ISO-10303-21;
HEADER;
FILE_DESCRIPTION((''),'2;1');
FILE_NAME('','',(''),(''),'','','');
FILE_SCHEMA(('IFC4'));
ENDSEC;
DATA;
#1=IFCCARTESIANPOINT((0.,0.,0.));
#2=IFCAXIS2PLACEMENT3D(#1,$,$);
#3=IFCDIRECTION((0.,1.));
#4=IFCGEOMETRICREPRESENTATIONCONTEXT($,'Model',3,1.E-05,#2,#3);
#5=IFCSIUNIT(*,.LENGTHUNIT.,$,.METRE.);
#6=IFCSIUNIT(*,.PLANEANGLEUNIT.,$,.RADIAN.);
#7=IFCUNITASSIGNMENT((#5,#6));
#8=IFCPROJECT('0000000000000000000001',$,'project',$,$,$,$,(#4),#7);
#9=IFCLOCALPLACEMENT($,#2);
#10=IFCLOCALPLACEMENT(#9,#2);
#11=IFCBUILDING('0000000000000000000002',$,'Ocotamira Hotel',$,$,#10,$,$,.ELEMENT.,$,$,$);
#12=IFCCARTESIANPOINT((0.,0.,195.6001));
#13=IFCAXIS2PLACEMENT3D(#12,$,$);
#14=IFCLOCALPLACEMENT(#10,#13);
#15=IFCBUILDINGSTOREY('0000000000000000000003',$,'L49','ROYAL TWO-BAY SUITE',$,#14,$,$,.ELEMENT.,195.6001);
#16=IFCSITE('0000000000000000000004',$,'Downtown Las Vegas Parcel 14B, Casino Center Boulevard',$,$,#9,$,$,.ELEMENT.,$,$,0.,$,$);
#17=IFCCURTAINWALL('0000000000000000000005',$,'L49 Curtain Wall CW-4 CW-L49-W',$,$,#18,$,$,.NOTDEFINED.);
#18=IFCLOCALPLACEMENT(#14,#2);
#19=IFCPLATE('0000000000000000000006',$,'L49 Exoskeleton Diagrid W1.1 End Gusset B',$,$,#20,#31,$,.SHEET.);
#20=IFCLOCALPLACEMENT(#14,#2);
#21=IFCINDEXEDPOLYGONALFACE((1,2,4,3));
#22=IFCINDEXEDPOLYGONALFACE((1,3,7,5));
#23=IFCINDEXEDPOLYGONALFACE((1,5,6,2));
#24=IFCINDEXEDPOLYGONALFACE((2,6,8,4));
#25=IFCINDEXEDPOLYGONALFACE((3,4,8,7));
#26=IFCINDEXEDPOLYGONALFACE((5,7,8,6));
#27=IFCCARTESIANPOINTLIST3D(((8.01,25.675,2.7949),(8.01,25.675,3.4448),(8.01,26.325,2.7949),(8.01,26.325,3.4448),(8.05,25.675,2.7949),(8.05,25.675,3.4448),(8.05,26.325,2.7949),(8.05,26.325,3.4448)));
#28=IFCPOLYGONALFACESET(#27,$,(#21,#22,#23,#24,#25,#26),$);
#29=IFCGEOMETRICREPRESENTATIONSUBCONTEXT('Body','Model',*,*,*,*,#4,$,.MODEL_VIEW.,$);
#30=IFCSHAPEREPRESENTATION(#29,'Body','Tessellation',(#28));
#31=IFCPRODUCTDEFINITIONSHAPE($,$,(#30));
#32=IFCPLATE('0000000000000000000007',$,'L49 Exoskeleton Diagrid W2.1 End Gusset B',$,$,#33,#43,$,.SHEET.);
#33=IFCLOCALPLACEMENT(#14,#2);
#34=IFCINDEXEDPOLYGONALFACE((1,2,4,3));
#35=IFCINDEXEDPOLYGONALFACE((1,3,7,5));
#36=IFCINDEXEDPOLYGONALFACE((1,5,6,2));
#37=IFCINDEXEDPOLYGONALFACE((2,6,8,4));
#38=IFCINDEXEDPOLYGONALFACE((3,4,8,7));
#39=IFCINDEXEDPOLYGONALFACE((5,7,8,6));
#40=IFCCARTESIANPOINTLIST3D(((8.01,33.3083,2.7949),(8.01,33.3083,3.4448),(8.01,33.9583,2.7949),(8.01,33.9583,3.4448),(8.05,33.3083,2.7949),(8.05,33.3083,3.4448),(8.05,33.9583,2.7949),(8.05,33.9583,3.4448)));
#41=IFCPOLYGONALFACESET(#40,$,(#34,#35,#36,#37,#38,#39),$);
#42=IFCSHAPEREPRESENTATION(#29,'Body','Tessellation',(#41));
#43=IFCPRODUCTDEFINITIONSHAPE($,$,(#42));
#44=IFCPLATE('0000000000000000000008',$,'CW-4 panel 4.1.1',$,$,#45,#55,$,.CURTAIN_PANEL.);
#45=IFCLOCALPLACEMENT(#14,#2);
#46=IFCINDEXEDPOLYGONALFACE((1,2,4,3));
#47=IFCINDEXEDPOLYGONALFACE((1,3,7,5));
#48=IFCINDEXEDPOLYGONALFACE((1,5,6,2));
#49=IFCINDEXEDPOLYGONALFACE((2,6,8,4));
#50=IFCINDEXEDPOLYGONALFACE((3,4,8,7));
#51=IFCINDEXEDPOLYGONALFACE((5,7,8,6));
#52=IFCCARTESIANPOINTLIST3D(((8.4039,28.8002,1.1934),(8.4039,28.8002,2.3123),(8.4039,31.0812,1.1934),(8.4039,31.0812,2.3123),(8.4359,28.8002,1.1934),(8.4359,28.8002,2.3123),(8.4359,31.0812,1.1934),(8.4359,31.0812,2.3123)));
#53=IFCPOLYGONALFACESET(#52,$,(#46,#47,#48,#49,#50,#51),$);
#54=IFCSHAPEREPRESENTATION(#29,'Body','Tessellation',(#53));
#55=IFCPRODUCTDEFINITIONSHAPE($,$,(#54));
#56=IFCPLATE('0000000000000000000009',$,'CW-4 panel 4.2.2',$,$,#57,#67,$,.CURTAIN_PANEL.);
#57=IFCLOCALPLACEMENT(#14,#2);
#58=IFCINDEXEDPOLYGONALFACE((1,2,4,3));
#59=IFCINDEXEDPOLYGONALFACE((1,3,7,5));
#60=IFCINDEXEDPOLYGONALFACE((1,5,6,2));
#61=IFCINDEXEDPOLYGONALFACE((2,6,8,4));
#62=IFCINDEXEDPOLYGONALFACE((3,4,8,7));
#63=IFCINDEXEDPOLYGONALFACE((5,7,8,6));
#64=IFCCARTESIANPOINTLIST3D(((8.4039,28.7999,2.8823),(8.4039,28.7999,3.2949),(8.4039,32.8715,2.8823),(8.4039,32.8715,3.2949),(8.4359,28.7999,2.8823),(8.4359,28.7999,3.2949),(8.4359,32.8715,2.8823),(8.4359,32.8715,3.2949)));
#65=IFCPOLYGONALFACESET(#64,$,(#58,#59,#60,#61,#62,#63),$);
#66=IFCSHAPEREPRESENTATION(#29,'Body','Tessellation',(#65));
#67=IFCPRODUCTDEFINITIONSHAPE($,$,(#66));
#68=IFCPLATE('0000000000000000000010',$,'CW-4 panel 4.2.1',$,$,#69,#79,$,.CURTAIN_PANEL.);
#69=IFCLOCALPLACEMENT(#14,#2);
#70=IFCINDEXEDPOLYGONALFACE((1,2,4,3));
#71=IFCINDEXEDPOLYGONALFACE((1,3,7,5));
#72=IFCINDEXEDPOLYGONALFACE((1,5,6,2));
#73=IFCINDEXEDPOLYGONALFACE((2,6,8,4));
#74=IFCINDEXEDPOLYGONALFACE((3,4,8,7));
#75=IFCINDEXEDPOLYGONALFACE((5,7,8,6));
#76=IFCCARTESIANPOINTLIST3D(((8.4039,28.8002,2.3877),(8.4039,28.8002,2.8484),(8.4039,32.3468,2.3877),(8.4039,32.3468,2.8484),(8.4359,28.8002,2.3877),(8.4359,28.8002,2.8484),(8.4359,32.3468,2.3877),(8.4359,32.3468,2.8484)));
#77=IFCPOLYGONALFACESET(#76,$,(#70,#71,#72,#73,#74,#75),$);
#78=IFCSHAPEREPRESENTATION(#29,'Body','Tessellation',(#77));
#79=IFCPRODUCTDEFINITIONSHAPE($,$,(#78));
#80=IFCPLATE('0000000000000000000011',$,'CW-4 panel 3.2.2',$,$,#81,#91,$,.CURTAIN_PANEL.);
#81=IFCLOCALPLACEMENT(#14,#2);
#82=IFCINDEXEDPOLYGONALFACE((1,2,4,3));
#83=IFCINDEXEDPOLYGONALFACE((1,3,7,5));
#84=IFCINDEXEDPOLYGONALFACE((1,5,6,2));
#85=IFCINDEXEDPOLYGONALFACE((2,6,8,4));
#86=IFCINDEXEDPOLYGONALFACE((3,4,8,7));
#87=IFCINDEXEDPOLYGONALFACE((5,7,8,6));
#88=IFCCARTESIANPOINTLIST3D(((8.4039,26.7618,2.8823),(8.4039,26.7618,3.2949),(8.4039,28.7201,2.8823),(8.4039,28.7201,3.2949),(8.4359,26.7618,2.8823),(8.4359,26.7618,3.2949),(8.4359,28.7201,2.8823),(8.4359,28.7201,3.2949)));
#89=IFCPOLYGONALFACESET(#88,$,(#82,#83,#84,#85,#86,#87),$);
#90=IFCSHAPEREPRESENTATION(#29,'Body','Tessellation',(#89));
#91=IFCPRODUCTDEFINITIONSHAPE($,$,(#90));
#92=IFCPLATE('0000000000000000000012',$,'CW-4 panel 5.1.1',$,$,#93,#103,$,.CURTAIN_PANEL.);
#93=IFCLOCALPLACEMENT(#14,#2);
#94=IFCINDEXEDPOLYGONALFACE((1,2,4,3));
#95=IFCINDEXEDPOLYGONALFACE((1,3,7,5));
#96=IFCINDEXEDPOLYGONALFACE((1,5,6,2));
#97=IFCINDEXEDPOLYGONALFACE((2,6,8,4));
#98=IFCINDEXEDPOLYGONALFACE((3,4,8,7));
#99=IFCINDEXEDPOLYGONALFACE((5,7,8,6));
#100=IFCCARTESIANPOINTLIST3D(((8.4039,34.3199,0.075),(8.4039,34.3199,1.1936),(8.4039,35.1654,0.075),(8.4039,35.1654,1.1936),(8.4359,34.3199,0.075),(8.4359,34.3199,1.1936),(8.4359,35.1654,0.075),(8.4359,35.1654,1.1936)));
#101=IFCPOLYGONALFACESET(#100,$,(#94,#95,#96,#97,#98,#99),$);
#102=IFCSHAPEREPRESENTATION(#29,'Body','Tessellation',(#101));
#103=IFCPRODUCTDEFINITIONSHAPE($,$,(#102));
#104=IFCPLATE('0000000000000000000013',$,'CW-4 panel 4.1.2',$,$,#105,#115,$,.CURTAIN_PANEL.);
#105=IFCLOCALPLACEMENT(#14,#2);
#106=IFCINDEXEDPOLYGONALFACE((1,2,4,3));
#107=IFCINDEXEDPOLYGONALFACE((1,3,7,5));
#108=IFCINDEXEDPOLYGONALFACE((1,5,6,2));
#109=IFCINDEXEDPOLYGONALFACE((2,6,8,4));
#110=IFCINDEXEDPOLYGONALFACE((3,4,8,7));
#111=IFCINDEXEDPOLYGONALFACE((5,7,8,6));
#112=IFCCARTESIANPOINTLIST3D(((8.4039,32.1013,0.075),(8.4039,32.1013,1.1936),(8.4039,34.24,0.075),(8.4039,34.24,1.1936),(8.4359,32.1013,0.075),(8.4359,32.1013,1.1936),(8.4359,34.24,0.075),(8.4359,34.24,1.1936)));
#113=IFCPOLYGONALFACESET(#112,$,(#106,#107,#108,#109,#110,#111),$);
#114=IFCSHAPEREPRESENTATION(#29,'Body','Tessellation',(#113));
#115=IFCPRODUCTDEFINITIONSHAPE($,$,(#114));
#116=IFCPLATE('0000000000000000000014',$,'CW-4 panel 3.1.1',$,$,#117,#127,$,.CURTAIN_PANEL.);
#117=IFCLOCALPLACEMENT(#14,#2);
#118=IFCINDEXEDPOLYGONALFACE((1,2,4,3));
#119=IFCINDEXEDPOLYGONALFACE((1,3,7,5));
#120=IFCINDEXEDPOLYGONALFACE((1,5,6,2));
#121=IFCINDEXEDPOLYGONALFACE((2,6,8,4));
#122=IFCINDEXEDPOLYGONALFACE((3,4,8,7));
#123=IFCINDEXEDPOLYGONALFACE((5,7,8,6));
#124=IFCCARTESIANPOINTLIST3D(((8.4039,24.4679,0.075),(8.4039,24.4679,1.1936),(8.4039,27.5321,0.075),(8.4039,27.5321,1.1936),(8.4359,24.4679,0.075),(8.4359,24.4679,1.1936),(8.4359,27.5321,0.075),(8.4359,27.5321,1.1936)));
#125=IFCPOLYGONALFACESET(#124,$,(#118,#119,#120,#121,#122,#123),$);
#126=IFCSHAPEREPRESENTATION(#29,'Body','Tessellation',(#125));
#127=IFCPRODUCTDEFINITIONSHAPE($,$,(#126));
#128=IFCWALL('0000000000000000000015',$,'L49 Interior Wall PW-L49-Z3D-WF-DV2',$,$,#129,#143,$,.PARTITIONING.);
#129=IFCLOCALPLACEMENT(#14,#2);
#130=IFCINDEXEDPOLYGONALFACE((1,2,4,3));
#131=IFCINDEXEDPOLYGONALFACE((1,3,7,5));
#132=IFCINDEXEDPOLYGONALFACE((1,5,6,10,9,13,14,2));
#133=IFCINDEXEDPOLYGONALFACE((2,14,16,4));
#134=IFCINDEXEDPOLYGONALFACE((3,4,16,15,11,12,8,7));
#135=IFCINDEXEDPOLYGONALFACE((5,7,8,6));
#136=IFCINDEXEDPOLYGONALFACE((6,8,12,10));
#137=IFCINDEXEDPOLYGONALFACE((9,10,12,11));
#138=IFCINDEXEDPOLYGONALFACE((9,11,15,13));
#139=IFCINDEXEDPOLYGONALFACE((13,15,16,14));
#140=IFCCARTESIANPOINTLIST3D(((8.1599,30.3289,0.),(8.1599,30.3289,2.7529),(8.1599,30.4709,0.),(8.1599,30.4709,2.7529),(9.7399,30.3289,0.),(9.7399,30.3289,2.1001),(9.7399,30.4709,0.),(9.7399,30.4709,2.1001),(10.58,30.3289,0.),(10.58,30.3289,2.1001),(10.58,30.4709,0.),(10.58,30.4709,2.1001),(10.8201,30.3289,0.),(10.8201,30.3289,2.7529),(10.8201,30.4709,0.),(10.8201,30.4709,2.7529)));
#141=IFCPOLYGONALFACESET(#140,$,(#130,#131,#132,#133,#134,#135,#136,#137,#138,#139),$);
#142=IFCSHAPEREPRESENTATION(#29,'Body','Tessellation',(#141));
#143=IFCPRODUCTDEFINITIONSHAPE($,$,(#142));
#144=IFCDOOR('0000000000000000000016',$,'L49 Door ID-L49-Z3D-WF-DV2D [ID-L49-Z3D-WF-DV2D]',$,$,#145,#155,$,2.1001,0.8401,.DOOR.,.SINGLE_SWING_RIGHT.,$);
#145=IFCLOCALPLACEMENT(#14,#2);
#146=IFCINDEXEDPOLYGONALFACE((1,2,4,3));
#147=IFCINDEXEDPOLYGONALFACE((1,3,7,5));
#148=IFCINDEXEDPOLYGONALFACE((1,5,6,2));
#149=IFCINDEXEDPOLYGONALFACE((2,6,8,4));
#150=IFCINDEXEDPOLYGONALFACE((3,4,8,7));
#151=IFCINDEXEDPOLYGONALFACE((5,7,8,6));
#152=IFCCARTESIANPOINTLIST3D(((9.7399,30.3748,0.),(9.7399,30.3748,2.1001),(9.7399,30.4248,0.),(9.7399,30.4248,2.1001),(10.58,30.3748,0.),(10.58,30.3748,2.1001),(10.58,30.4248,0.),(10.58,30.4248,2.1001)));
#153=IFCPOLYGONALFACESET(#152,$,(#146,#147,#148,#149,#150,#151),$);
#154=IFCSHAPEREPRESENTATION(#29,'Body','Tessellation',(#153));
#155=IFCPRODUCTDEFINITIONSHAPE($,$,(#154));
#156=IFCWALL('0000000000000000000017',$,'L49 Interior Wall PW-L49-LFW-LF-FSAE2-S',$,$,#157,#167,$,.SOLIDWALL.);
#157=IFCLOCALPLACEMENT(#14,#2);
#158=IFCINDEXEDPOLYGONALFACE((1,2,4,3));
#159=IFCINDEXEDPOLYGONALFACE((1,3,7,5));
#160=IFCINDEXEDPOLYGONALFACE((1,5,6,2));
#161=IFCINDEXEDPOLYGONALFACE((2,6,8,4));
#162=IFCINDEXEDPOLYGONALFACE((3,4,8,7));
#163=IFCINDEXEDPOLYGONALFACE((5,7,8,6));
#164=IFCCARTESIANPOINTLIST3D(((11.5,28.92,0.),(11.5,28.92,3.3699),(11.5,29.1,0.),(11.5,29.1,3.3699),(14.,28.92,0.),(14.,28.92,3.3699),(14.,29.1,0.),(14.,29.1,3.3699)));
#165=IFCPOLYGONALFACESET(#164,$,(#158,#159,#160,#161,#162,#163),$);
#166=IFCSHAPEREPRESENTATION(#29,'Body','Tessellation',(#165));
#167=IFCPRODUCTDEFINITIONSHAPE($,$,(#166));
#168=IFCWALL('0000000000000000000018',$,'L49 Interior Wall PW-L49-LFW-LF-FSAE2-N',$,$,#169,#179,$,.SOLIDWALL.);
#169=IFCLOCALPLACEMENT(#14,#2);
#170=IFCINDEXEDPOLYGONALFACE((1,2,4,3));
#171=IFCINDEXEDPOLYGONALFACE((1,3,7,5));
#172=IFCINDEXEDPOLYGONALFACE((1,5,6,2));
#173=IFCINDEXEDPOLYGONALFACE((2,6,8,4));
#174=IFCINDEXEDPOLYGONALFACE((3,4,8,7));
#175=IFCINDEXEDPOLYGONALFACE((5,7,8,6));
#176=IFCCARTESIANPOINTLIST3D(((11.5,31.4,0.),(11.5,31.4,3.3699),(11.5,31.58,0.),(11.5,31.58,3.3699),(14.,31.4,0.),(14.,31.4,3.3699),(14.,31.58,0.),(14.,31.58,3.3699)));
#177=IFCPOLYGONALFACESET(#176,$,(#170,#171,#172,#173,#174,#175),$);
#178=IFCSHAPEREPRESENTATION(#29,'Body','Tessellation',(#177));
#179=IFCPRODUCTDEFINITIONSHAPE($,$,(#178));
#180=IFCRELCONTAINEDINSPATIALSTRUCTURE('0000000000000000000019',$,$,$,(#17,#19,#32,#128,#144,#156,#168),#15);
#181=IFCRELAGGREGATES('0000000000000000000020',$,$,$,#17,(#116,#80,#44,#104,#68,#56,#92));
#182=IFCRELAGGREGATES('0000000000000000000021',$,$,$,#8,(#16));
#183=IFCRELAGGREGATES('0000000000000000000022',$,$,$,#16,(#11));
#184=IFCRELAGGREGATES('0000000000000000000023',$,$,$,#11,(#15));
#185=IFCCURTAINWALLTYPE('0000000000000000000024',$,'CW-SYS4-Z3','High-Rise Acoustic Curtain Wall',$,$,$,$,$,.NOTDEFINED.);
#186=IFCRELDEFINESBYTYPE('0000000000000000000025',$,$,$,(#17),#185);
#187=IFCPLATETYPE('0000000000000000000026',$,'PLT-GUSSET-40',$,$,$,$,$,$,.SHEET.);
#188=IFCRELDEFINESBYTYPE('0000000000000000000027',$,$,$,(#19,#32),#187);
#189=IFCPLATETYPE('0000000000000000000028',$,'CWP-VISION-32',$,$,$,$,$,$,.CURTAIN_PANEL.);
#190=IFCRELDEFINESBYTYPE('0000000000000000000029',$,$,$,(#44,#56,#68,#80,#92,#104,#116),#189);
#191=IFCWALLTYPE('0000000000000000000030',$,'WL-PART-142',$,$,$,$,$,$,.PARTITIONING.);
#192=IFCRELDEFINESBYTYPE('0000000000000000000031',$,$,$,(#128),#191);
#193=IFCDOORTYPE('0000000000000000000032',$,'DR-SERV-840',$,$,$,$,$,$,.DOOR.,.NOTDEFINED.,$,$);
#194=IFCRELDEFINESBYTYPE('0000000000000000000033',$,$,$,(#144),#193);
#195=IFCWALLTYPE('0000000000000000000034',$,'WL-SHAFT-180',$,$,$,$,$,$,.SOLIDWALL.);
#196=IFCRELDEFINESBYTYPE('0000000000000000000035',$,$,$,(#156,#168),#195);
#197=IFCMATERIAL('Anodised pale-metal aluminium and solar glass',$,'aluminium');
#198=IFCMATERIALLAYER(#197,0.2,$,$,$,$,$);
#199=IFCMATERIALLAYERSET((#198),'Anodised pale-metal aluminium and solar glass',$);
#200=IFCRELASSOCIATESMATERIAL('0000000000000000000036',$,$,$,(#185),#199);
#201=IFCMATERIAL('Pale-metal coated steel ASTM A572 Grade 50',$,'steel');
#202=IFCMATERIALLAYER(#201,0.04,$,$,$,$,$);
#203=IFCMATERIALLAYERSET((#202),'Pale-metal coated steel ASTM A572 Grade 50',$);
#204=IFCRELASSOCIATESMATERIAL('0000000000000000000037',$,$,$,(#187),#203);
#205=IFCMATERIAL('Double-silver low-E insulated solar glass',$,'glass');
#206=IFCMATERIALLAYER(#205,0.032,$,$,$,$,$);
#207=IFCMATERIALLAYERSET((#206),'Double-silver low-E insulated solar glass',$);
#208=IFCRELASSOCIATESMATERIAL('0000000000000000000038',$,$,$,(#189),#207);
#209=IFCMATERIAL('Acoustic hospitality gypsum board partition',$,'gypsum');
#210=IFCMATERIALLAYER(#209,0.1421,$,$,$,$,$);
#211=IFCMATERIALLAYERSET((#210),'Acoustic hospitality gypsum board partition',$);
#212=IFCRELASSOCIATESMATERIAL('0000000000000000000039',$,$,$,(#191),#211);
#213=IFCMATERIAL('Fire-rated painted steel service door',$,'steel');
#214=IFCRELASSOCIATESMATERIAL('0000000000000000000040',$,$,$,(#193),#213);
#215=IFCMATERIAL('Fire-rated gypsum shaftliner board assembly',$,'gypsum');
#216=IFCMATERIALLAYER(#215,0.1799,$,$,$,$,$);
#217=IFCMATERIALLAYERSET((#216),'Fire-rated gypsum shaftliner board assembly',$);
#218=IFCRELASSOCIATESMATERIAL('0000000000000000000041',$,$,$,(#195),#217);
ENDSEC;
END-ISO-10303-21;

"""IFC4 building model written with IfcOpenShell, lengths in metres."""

from ifc_helpers import new_model, si_unit, direction, frame, frame_2d, origin, origin_2d, place, context, subcontext, project, spatial, rectangle, extrude, source, transform, mapped, material, layer, layer_set, type_object, element, fill, aggregate, save


model = new_model("IFC4")

# Units and contexts
model_context = context("Model", 3, precision=1e-05, world=origin(), true_north=direction((0.0, 1.0)))
body_context = subcontext(model_context, "Body", "Model", "MODEL_VIEW")
ifc_project = project(units=[si_unit("LENGTHUNIT", "METRE"), si_unit("PLANEANGLEUNIT", "RADIAN")], contexts=[model_context])

# Site, building, storey
site_placement = place(None, origin())
site = spatial("IfcSite", under=ifc_project, at=site_placement, Name="Downtown Las Vegas Parcel 14B, Casino Center Boulevard", CompositionType="ELEMENT", RefElevation=0.0)
building_placement = place(site_placement, origin())
building = spatial("IfcBuilding", under=site, at=building_placement, Name="Ocotamira Hotel", CompositionType="ELEMENT")
storey_placement = place(building_placement, frame((0.0, 0.0, 195.6001)))
storey = spatial("IfcBuildingStorey", under=building, at=storey_placement, Name="L49", Description="ROYAL TWO-BAY SUITE", CompositionType="ELEMENT", Elevation=195.6001)

# Curtain wall
ifc_material_1 = material(Name="Anodised pale-metal aluminium and solar glass", Category="aluminium")
ifc_layer_1 = layer(ifc_material_1, 0.2)
ifc_layer_set_1 = layer_set([ifc_layer_1], Name="Anodised pale-metal aluminium and solar glass")
curtain_wall_type = type_object("IfcCurtainWallType", Name="CW-SYS4-Z3", Description="High-Rise Acoustic Curtain Wall", PredefinedType="NOTDEFINED", material=ifc_layer_set_1)
curtain_wall_placement = place(storey_placement, origin())
curtain_wall = element("IfcCurtainWall", 1, at=curtain_wall_placement, inside=storey, type_object=curtain_wall_type, Name="L49 Curtain Wall CW-4 CW-L49-W", PredefinedType="NOTDEFINED")

# Plates
ifc_material_2 = material(Name="Pale-metal coated steel ASTM A572 Grade 50", Category="steel")
ifc_layer_2 = layer(ifc_material_2, 0.04)
ifc_layer_set_2 = layer_set([ifc_layer_2], Name="Pale-metal coated steel ASTM A572 Grade 50")
plate_type_1 = type_object("IfcPlateType", Name="PLT-GUSSET-40", PredefinedType="SHEET", material=ifc_layer_set_2)
shared_shape_1 = source(origin(), body_context, "Body", "SweptSolid", [
    extrude(rectangle(XDim=0.04, YDim=0.6499, at=origin_2d()), origin(), (0.0, 0.0, 1.0), 0.6499),
])
for number, where, z_axis, x_axis, name in (
    (2, (8.03, 26.0, 2.7949), (0.0, 0.0, 1.0), (1.0, 0.0, 0.0), "L49 Exoskeleton Diagrid W1.1 End Gusset B"),
    (3, (8.03, 33.6333, 2.7949), (0.0, 0.0, 1.0), (1.0, 0.0, 0.0), "L49 Exoskeleton Diagrid W2.1 End Gusset B"),
):
    element("IfcPlate", number, at=place(storey_placement, frame(where, z_axis=z_axis, x_axis=x_axis)), inside=storey, type_object=plate_type_1, Name=name, PredefinedType="SHEET", context=body_context, shape_type="MappedRepresentation", body=[
        mapped(shared_shape_1, transform((0.0, 0.0, 0.0), scale=1.0)),
    ])

# Plates
ifc_material_3 = material(Name="Double-silver low-E insulated solar glass", Category="glass")
ifc_layer_3 = layer(ifc_material_3, 0.032)
ifc_layer_set_3 = layer_set([ifc_layer_3], Name="Double-silver low-E insulated solar glass")
plate_type_2 = type_object("IfcPlateType", Name="CWP-VISION-32", PredefinedType="CURTAIN_PANEL", material=ifc_layer_set_3)
shared_shape_2 = source(origin(), body_context, "Body", "SweptSolid", [
    extrude(rectangle(XDim=2.281, YDim=0.032, at=origin_2d()), origin(), (0.0, 0.0, 1.0), 1.1189),
])
plate_1_placement = place(storey_placement, frame((8.4199, 29.9407, 1.1934), z_axis=(0.0, 0.0, 1.0), x_axis=(0.0, 1.0, 0.0)))
plate_1 = element("IfcPlate", 4, at=plate_1_placement, type_object=plate_type_2, Name="CW-4 panel 4.1.1", PredefinedType="CURTAIN_PANEL", context=body_context, shape_type="MappedRepresentation", body=[
    mapped(shared_shape_2, transform((0.0, 0.0, 0.0), scale=1.0)),
])
shared_shape_3 = source(origin(), body_context, "Body", "SweptSolid", [
    extrude(rectangle(XDim=4.0715, YDim=0.032, at=origin_2d()), origin(), (0.0, 0.0, 1.0), 0.4126),
])
plate_2_placement = place(storey_placement, frame((8.4199, 30.8357, 2.8823), z_axis=(0.0, 0.0, 1.0), x_axis=(0.0, 1.0, 0.0)))
plate_2 = element("IfcPlate", 5, at=plate_2_placement, type_object=plate_type_2, Name="CW-4 panel 4.2.2", PredefinedType="CURTAIN_PANEL", context=body_context, shape_type="MappedRepresentation", body=[
    mapped(shared_shape_3, transform((0.0, 0.0, 0.0), scale=1.0)),
])
shared_shape_4 = source(origin(), body_context, "Body", "SweptSolid", [
    extrude(rectangle(XDim=3.5466, YDim=0.032, at=origin_2d()), origin(), (0.0, 0.0, 1.0), 0.4607),
])
plate_3_placement = place(storey_placement, frame((8.4199, 30.5735, 2.3877), z_axis=(0.0, 0.0, 1.0), x_axis=(0.0, 1.0, 0.0)))
plate_3 = element("IfcPlate", 6, at=plate_3_placement, type_object=plate_type_2, Name="CW-4 panel 4.2.1", PredefinedType="CURTAIN_PANEL", context=body_context, shape_type="MappedRepresentation", body=[
    mapped(shared_shape_4, transform((0.0, 0.0, 0.0), scale=1.0)),
])
shared_shape_5 = source(origin(), body_context, "Body", "SweptSolid", [
    extrude(rectangle(XDim=1.9583, YDim=0.032, at=origin_2d()), origin(), (0.0, 0.0, 1.0), 0.4126),
])
plate_4_placement = place(storey_placement, frame((8.4199, 27.741, 2.8823), z_axis=(0.0, 0.0, 1.0), x_axis=(0.0, 1.0, 0.0)))
plate_4 = element("IfcPlate", 7, at=plate_4_placement, type_object=plate_type_2, Name="CW-4 panel 3.2.2", PredefinedType="CURTAIN_PANEL", context=body_context, shape_type="MappedRepresentation", body=[
    mapped(shared_shape_5, transform((0.0, 0.0, 0.0), scale=1.0)),
])
shared_shape_6 = source(origin(), body_context, "Body", "SweptSolid", [
    extrude(rectangle(XDim=0.8455, YDim=0.032, at=origin_2d()), origin(), (0.0, 0.0, 1.0), 1.1187),
])
plate_5_placement = place(storey_placement, frame((8.4199, 34.7427, 0.075), z_axis=(0.0, 0.0, 1.0), x_axis=(0.0, 1.0, 0.0)))
plate_5 = element("IfcPlate", 8, at=plate_5_placement, type_object=plate_type_2, Name="CW-4 panel 5.1.1", PredefinedType="CURTAIN_PANEL", context=body_context, shape_type="MappedRepresentation", body=[
    mapped(shared_shape_6, transform((0.0, 0.0, 0.0), scale=1.0)),
])
shared_shape_7 = source(origin(), body_context, "Body", "SweptSolid", [
    extrude(rectangle(XDim=2.1387, YDim=0.032, at=origin_2d()), origin(), (0.0, 0.0, 1.0), 1.1187),
])
plate_6_placement = place(storey_placement, frame((8.4199, 33.1707, 0.075), z_axis=(0.0, 0.0, 1.0), x_axis=(0.0, 1.0, 0.0)))
plate_6 = element("IfcPlate", 9, at=plate_6_placement, type_object=plate_type_2, Name="CW-4 panel 4.1.2", PredefinedType="CURTAIN_PANEL", context=body_context, shape_type="MappedRepresentation", body=[
    mapped(shared_shape_7, transform((0.0, 0.0, 0.0), scale=1.0)),
])
shared_shape_8 = source(origin(), body_context, "Body", "SweptSolid", [
    extrude(rectangle(XDim=3.0642, YDim=0.032, at=origin_2d()), origin(), (0.0, 0.0, 1.0), 1.1187),
])
plate_7_placement = place(storey_placement, frame((8.4199, 26.0, 0.075), z_axis=(0.0, 0.0, 1.0), x_axis=(0.0, 1.0, 0.0)))
plate_7 = element("IfcPlate", 10, at=plate_7_placement, type_object=plate_type_2, Name="CW-4 panel 3.1.1", PredefinedType="CURTAIN_PANEL", context=body_context, shape_type="MappedRepresentation", body=[
    mapped(shared_shape_8, transform((0.0, 0.0, 0.0), scale=1.0)),
])
aggregate(curtain_wall, [plate_7, plate_4, plate_1, plate_6, plate_3, plate_2, plate_5])

# Wall, opening, door
ifc_material_4 = material(Name="Acoustic hospitality gypsum board partition", Category="gypsum")
ifc_layer_4 = layer(ifc_material_4, 0.1421)
ifc_layer_set_4 = layer_set([ifc_layer_4], Name="Acoustic hospitality gypsum board partition")
wall_type_1 = type_object("IfcWallType", Name="WL-PART-142", PredefinedType="PARTITIONING", material=ifc_layer_set_4)
wall_1_placement = place(storey_placement, frame((8.1599, 30.3999, 0.0), z_axis=(0.0, 0.0, 1.0), x_axis=(1.0, 0.0, 0.0)))
wall_1 = element("IfcWall", 11, at=wall_1_placement, inside=storey, type_object=wall_type_1, Name="L49 Interior Wall PW-L49-Z3D-WF-DV2", PredefinedType="PARTITIONING", context=body_context, shape_type="SweptSolid", body=[
    extrude(rectangle(XDim=2.6602, YDim=0.1421, at=frame_2d((1.3301, 0.0))), origin(), (0.0, 0.0, 1.0), 2.7529),
])
opening_1_placement = place(wall_1_placement, frame((1.5801, 0.0, 0.0)))
opening_1 = element("IfcOpeningElement", 12, at=opening_1_placement, cuts=wall_1, PredefinedType="OPENING", context=body_context, shape_type="SweptSolid", body=[
    extrude(rectangle(XDim=0.8401, YDim=2.1001, at=frame_2d((0.4199, 1.05))), frame((0.0, 0.0811, 0.0), z_axis=(0.0, -1.0, 0.0), x_axis=(1.0, 0.0, 0.0)), (0.0, 0.0, 1.0), 0.1621),
])
ifc_material_5 = material(Name="Fire-rated painted steel service door", Category="steel")
door_type_1 = type_object("IfcDoorType", Name="DR-SERV-840", OperationType="NOTDEFINED", PredefinedType="DOOR", material=ifc_material_5)
shared_shape_9 = source(origin(), body_context, "Body", "SweptSolid", [
    extrude(rectangle(XDim=0.8401, YDim=2.1001, at=frame_2d((0.4199, 1.05))), frame((0.0, 0.0249, 0.0), z_axis=(0.0, -1.0, 0.0), x_axis=(1.0, 0.0, 0.0)), (0.0, 0.0, 1.0), 0.05),
])
door_1_placement = place(opening_1_placement, origin())
door_1 = element("IfcDoor", 13, at=door_1_placement, inside=storey, type_object=door_type_1, Name="L49 Door ID-L49-Z3D-WF-DV2D [ID-L49-Z3D-WF-DV2D]", OperationType="SINGLE_SWING_RIGHT", OverallHeight=2.1001, OverallWidth=0.8401, PredefinedType="DOOR", context=body_context, shape_type="MappedRepresentation", body=[
    mapped(shared_shape_9, transform((0.0, 0.0, 0.0), scale=1.0)),
])
fill(opening_1, door_1)

# Walls
ifc_material_6 = material(Name="Fire-rated gypsum shaftliner board assembly", Category="gypsum")
ifc_layer_5 = layer(ifc_material_6, 0.1799)
ifc_layer_set_5 = layer_set([ifc_layer_5], Name="Fire-rated gypsum shaftliner board assembly")
wall_type_2 = type_object("IfcWallType", Name="WL-SHAFT-180", PredefinedType="SOLIDWALL", material=ifc_layer_set_5)
for number, where, z_axis, x_axis, name in (
    (14, (11.5, 29.01, 0.0), (0.0, 0.0, 1.0), (1.0, 0.0, 0.0), "L49 Interior Wall PW-L49-LFW-LF-FSAE2-S"),
    (15, (11.5, 31.49, 0.0), (0.0, 0.0, 1.0), (1.0, 0.0, 0.0), "L49 Interior Wall PW-L49-LFW-LF-FSAE2-N"),
):
    element("IfcWall", number, at=place(storey_placement, frame(where, z_axis=z_axis, x_axis=x_axis)), inside=storey, type_object=wall_type_2, Name=name, PredefinedType="SOLIDWALL", context=body_context, shape_type="SweptSolid", body=[
        extrude(rectangle(XDim=2.5, YDim=0.1799, at=frame_2d((1.25, 0.0))), origin(), (0.0, 0.0, 1.0), 3.3699),
    ])

save(model, "model.ifc")
